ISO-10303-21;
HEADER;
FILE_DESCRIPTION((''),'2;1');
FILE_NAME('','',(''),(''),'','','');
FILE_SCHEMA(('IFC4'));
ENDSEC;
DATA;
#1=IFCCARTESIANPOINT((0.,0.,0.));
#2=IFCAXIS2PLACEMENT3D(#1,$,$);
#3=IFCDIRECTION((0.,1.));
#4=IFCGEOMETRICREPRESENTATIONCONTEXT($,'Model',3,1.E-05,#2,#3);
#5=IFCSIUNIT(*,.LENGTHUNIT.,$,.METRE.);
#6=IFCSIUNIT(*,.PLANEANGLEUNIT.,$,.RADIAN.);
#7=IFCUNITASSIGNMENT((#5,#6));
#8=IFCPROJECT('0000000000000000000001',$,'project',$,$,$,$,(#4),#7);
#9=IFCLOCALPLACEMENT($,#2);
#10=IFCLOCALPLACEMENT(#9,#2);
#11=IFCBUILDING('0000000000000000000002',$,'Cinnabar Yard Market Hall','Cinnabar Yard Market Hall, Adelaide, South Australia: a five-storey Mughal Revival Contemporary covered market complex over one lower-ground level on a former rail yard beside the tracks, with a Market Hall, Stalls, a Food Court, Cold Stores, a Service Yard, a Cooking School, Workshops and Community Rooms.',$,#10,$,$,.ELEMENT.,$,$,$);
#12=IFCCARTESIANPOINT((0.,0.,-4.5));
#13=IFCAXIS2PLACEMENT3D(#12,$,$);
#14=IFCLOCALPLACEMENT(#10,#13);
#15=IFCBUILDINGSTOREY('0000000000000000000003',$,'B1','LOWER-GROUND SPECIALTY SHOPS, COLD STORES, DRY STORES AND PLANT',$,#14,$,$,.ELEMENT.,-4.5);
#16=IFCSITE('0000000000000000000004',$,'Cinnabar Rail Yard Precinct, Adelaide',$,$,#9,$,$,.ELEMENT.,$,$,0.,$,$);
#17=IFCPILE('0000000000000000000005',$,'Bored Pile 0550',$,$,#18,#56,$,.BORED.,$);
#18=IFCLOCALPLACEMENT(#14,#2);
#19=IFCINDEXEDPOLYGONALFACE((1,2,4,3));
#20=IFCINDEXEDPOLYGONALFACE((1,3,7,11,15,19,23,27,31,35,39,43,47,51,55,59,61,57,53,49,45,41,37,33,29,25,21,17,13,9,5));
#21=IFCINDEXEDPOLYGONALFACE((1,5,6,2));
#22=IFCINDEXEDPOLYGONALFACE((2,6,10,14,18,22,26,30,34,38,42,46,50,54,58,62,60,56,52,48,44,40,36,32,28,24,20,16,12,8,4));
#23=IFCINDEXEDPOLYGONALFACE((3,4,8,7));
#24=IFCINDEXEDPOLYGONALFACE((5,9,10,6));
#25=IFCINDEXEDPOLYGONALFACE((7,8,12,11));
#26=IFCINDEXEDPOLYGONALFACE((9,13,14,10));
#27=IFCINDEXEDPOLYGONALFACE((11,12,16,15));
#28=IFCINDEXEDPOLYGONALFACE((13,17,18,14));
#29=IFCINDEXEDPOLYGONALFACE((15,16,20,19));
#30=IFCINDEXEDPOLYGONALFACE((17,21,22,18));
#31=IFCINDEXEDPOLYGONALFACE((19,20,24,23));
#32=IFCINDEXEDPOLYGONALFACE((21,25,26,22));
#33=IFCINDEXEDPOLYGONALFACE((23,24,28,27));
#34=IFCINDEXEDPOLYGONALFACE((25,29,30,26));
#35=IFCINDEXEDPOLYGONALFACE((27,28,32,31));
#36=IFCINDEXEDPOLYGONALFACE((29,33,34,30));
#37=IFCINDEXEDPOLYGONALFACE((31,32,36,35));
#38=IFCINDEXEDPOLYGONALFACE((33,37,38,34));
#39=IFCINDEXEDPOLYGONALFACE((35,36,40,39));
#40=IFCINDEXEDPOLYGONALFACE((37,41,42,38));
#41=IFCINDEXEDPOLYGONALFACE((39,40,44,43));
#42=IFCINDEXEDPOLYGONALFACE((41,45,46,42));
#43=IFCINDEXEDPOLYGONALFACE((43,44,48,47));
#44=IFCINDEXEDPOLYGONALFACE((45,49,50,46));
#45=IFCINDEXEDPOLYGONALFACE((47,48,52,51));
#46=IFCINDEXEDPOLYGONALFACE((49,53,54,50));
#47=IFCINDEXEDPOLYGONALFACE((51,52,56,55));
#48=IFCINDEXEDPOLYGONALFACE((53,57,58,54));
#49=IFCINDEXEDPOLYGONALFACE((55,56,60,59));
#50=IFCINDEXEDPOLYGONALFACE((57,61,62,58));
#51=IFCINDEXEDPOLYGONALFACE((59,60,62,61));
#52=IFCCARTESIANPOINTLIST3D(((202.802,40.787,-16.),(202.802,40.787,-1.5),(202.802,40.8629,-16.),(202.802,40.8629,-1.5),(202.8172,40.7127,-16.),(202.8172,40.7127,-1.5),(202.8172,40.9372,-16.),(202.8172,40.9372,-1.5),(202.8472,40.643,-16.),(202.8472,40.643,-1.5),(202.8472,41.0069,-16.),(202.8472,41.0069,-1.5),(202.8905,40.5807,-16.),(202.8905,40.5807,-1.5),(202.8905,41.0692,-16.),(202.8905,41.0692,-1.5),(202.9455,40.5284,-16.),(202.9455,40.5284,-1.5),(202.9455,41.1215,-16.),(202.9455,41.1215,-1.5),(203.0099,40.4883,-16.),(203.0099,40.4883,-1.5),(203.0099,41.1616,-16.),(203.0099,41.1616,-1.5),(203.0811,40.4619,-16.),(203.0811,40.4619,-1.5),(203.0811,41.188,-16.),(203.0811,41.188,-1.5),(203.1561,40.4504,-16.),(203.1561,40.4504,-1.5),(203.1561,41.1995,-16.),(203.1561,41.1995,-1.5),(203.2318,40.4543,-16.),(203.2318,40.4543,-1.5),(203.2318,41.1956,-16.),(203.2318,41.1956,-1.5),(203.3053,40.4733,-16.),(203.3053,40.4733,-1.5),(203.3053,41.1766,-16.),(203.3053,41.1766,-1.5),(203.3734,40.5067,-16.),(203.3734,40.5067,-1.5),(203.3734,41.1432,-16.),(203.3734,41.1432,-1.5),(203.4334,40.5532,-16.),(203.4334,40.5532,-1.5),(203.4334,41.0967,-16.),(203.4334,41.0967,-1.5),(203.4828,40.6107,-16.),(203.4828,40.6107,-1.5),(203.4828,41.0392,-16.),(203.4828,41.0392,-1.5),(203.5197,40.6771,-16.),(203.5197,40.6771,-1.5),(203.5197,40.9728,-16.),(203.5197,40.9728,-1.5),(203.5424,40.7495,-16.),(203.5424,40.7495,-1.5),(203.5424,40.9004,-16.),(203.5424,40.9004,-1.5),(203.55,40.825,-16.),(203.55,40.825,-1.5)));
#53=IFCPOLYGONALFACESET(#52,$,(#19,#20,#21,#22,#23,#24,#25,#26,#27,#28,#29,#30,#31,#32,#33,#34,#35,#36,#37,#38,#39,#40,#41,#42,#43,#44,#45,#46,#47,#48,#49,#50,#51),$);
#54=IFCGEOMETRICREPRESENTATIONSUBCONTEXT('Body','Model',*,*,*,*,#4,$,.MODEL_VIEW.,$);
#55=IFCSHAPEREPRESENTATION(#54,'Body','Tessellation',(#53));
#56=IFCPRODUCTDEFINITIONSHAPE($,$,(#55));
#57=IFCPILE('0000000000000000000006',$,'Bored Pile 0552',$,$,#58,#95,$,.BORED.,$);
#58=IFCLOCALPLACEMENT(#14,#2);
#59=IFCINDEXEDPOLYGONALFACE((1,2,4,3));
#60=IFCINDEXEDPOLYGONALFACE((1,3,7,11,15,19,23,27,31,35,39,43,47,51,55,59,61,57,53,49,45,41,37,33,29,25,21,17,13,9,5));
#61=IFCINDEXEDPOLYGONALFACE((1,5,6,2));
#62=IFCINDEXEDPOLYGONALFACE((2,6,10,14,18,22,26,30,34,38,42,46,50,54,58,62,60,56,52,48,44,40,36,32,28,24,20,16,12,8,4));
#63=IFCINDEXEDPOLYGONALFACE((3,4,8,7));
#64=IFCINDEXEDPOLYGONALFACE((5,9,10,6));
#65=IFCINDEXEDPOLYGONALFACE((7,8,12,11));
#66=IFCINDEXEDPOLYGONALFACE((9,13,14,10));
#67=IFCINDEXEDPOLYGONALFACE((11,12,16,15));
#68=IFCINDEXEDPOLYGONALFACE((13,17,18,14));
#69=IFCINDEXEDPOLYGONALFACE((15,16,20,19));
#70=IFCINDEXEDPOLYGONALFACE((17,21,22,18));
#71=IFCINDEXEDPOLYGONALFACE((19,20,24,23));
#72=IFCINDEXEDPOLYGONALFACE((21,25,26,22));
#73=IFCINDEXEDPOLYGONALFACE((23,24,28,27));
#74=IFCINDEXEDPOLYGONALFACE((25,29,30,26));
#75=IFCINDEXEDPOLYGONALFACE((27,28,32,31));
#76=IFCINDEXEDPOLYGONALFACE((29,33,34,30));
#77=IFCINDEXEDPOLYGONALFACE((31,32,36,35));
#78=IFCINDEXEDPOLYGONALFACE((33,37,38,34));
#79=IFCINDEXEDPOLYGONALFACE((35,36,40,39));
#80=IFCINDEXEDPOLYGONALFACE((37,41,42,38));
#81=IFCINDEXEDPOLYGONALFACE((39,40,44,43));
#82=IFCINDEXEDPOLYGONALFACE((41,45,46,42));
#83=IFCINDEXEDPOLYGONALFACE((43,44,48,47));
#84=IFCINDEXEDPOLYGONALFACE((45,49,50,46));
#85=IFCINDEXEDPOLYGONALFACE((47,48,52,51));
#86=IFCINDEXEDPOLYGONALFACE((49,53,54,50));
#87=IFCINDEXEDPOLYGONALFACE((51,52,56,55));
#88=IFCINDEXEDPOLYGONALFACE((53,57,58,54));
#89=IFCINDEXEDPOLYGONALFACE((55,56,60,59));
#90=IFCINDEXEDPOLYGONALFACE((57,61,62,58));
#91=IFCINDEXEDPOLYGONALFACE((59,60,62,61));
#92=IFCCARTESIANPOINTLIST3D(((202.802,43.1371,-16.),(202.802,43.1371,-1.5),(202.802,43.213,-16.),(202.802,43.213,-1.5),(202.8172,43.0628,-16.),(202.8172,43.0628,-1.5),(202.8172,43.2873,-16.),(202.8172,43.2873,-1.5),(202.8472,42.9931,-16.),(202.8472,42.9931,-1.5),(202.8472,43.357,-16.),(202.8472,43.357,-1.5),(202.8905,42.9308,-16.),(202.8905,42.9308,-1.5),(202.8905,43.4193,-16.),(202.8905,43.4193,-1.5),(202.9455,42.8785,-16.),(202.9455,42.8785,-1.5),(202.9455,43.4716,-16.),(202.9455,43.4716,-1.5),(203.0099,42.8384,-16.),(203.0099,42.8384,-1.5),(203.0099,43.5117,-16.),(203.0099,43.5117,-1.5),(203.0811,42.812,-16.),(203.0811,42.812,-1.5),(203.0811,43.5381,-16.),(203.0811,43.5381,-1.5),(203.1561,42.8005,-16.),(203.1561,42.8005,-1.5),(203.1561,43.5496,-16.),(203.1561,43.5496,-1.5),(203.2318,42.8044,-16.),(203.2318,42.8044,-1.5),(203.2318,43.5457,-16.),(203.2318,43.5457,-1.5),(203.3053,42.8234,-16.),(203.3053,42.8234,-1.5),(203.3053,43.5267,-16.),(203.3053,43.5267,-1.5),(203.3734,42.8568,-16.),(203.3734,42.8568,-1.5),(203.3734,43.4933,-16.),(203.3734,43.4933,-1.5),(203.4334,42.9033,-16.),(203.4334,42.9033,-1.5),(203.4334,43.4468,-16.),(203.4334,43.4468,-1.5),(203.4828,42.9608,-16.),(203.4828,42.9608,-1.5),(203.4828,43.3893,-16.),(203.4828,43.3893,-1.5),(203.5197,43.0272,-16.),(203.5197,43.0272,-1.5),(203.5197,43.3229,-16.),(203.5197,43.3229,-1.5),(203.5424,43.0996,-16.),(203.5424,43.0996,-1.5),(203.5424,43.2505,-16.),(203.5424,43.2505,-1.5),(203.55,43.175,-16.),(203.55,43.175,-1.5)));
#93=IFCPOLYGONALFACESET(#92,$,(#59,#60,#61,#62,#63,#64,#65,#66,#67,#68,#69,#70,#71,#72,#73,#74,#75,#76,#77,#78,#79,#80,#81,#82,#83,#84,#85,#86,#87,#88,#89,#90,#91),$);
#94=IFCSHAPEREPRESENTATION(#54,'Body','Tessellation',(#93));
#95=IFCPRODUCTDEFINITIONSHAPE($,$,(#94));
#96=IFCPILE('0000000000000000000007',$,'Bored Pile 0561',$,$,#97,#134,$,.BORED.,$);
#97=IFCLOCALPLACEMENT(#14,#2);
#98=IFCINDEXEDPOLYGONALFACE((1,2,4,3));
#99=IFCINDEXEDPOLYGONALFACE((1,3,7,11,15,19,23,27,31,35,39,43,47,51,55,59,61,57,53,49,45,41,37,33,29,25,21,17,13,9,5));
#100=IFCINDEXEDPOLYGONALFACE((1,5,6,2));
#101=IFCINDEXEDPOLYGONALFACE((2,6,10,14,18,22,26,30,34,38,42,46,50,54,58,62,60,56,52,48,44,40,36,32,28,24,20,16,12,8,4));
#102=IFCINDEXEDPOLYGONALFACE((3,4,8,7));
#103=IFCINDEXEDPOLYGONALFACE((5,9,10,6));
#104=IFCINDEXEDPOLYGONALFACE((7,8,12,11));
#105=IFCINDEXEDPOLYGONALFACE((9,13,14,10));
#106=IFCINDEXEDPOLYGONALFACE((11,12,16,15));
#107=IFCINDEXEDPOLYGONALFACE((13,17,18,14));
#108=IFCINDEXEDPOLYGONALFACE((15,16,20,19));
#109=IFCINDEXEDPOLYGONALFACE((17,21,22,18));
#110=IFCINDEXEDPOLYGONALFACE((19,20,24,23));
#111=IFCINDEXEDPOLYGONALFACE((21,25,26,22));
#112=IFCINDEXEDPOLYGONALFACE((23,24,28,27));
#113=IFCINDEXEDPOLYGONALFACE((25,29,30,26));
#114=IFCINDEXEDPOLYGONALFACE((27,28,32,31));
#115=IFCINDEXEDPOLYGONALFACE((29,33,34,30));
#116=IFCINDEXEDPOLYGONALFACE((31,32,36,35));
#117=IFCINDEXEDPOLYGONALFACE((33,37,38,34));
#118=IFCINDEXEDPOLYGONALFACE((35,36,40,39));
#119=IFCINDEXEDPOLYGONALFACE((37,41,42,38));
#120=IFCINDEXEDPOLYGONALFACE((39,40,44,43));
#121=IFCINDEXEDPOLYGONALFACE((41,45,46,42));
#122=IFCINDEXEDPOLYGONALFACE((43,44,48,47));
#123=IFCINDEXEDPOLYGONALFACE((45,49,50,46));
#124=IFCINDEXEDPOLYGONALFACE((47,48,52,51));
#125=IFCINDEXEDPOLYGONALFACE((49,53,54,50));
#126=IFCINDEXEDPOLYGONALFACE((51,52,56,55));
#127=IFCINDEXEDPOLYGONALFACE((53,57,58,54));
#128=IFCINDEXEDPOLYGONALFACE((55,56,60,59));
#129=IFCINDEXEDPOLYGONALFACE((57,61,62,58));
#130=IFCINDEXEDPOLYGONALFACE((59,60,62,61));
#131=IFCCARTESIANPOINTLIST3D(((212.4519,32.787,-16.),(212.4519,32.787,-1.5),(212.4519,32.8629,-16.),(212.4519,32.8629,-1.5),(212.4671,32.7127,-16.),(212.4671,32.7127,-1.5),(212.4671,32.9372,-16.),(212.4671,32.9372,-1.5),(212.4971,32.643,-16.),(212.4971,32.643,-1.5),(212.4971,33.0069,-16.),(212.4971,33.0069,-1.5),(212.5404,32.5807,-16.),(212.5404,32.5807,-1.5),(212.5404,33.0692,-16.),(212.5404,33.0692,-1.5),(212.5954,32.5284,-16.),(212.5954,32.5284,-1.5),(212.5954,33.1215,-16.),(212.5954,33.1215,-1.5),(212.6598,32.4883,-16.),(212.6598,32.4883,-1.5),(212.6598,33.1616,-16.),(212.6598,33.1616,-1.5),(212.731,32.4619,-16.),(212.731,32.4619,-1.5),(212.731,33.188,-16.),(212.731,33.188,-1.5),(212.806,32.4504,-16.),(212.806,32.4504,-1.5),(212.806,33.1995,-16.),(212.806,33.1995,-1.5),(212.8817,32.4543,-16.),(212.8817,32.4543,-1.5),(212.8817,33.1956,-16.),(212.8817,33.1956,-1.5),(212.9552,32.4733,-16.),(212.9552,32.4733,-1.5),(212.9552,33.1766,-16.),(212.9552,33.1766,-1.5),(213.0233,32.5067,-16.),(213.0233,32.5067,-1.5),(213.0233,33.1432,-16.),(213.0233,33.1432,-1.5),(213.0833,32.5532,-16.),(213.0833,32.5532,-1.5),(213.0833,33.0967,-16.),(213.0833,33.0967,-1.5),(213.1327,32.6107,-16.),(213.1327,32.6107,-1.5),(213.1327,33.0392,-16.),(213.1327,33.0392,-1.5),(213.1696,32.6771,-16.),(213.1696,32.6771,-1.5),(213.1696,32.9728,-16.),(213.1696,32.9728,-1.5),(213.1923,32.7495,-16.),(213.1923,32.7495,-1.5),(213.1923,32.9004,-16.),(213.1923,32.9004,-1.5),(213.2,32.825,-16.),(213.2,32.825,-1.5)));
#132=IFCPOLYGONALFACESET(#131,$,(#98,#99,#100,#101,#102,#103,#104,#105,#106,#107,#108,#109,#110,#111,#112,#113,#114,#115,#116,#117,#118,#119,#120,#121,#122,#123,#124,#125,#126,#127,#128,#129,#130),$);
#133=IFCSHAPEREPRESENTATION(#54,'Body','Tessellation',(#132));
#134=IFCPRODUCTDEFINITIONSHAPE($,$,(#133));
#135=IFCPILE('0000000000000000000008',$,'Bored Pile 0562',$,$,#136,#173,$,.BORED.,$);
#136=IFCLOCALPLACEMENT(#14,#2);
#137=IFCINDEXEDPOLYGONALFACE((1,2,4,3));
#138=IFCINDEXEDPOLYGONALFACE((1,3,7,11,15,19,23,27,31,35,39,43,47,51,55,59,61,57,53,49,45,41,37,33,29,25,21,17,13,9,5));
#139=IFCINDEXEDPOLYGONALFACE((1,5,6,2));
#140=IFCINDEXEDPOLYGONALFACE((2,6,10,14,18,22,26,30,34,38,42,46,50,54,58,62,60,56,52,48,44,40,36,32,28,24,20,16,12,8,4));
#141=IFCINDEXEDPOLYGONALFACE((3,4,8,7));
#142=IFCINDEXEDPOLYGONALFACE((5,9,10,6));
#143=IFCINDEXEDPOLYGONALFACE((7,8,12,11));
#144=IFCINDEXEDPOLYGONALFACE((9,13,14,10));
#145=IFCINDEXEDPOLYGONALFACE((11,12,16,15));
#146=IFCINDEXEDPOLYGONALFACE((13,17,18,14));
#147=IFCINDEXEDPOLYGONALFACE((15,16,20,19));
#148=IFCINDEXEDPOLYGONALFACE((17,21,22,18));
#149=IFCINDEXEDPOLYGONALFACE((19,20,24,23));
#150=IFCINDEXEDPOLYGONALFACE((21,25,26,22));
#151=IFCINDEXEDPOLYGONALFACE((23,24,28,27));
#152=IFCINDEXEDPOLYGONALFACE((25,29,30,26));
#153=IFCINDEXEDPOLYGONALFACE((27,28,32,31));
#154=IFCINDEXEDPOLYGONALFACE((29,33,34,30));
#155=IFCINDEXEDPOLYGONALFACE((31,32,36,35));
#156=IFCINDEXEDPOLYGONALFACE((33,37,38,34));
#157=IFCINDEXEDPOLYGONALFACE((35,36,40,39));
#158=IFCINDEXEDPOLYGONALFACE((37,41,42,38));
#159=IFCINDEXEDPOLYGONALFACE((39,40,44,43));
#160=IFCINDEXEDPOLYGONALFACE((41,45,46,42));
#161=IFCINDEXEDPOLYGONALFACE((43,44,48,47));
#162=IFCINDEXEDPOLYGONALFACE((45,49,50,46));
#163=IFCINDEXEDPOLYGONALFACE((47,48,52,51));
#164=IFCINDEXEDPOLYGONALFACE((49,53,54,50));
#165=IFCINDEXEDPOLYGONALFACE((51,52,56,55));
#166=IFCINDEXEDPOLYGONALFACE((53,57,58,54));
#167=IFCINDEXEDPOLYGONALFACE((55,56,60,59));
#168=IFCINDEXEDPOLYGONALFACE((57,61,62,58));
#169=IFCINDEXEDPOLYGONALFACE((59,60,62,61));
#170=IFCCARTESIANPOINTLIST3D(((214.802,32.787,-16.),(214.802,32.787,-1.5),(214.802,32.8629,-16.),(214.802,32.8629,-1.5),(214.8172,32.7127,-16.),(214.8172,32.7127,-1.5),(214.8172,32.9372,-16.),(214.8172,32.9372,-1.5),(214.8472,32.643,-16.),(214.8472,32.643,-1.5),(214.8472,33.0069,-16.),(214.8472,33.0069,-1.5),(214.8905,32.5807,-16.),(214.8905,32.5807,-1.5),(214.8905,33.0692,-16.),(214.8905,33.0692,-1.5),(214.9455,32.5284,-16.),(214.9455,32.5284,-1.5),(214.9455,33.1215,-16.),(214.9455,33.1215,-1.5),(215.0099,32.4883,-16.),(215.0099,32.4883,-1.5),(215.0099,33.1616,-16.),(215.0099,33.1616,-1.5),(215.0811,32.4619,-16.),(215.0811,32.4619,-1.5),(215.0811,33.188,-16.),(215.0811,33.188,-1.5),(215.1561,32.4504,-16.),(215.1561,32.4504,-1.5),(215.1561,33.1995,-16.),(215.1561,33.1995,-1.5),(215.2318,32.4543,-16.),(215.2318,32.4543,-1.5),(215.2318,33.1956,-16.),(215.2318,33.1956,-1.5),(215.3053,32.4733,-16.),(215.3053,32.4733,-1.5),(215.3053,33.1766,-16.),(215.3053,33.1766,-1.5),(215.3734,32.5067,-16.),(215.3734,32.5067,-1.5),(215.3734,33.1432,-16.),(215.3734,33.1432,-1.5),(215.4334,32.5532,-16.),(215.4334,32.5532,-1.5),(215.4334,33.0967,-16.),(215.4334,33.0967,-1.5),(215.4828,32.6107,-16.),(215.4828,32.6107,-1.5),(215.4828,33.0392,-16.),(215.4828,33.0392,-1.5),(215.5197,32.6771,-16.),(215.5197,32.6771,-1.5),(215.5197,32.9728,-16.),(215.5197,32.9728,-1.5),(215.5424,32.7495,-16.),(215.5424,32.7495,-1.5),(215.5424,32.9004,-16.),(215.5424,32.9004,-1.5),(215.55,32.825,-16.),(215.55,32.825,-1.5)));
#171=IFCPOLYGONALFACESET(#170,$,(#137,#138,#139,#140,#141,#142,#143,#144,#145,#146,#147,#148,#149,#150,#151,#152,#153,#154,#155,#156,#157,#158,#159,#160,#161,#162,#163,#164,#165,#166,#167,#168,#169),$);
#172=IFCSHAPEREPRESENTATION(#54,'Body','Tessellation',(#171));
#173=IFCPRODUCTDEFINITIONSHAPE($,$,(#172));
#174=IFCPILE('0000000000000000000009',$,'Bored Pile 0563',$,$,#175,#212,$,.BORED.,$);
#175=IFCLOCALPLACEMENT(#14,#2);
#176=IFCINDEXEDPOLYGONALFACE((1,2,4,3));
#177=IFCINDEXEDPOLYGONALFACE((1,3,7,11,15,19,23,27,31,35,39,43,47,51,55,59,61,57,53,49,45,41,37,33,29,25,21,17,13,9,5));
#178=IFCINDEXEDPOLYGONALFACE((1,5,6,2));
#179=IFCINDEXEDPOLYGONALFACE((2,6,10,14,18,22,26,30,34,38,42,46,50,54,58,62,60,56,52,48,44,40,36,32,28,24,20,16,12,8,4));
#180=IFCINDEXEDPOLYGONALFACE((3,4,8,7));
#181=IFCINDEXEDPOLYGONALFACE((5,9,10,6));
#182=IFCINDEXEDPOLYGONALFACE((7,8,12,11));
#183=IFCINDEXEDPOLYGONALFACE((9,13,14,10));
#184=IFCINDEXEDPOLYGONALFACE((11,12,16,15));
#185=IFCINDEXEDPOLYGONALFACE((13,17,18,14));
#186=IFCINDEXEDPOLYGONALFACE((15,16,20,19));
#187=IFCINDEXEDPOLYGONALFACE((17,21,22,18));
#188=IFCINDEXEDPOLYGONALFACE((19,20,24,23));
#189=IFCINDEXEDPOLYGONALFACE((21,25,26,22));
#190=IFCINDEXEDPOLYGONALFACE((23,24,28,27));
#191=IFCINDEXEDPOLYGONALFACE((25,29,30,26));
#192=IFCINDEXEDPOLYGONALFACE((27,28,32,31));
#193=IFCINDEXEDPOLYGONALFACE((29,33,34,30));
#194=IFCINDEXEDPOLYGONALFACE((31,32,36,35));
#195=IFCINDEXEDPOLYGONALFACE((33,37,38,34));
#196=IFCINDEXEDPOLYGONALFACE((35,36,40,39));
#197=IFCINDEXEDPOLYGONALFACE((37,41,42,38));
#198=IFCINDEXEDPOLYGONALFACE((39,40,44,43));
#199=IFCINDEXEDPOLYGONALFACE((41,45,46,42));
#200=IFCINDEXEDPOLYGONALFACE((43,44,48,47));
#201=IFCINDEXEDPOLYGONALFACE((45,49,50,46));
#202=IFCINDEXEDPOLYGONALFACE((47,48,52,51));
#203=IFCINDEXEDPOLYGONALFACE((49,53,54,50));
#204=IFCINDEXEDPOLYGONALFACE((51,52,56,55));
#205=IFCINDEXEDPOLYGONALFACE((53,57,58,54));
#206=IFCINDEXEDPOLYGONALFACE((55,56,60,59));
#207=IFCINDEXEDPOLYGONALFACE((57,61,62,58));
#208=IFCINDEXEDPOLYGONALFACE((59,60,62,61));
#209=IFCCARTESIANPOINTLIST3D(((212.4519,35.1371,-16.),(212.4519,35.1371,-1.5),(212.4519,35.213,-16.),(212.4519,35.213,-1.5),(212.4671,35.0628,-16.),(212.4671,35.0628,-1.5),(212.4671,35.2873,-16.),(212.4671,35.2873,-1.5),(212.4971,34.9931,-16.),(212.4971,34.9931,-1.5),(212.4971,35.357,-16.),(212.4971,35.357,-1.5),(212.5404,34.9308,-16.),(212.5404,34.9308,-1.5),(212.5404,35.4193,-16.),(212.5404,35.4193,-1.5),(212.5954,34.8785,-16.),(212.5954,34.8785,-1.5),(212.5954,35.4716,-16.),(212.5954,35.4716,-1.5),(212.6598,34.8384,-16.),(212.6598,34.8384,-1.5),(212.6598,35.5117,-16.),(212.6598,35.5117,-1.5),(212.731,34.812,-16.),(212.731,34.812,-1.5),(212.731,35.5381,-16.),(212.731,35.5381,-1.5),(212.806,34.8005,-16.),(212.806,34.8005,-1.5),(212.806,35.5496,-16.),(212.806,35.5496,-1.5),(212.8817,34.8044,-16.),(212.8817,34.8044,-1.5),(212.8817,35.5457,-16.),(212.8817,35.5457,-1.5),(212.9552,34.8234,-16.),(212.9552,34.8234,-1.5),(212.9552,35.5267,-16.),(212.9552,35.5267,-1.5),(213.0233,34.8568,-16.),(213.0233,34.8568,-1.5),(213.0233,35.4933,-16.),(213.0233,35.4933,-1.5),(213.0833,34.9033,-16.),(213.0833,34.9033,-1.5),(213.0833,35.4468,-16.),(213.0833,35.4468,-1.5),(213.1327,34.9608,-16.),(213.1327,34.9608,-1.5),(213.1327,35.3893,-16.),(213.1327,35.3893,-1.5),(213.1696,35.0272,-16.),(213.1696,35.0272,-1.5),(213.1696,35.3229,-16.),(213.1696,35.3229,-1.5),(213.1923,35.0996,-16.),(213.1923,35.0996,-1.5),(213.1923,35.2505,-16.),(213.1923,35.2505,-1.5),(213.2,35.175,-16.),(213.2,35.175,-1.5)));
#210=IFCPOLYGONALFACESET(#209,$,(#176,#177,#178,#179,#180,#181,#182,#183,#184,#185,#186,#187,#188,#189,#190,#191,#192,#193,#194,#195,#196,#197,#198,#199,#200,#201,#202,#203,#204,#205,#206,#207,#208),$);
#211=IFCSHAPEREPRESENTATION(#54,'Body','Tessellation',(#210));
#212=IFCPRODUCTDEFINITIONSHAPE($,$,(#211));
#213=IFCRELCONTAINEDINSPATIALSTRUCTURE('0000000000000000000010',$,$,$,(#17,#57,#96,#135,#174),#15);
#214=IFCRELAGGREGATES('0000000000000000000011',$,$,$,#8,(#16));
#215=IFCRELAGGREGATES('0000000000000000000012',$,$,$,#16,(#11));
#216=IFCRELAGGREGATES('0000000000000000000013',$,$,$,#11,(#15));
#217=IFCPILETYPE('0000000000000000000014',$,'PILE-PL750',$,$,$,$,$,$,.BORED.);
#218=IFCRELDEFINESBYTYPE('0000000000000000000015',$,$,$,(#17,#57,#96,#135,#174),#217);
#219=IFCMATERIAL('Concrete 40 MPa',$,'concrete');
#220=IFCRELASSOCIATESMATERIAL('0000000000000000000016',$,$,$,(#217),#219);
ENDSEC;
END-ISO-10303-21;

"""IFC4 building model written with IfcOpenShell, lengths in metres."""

from ifc_helpers import new_model, si_unit, direction, frame, origin, origin_2d_with_axis, place, context, subcontext, project, spatial, circle, extrude, material, material_profile, profile_set, type_object, element, save


model = new_model("IFC4")

# Units and contexts
model_context = context("Model", 3, precision=1e-05, world=origin(), true_north=direction((0.0, 1.0)))
body_context = subcontext(model_context, "Body", "Model", "MODEL_VIEW")
ifc_project = project(units=[si_unit("LENGTHUNIT", "METRE"), si_unit("PLANEANGLEUNIT", "RADIAN")], contexts=[model_context])

# Site, building, storey
site_placement = place(None, origin())
site = spatial("IfcSite", under=ifc_project, at=site_placement, Name="Cinnabar Rail Yard Precinct, Adelaide", CompositionType="ELEMENT", RefElevation=0.0)
building_placement = place(site_placement, origin())
building = spatial("IfcBuilding", under=site, at=building_placement, Name="Cinnabar Yard Market Hall", Description="Cinnabar Yard Market Hall, Adelaide, South Australia: a five-storey Mughal Revival Contemporary covered market complex over one lower-ground level on a former rail yard beside the tracks, with a Market Hall, Stalls, a Food Court, Cold Stores, a Service Yard, a Cooking School, Workshops and Community Rooms.", CompositionType="ELEMENT")
storey_placement = place(building_placement, frame((0.0, 0.0, -4.5)))
storey = spatial("IfcBuildingStorey", under=building, at=storey_placement, Name="B1", Description="LOWER-GROUND SPECIALTY SHOPS, COLD STORES, DRY STORES AND PLANT", CompositionType="ELEMENT", Elevation=-4.5)

# Shared definitions
ifc_material_1 = material(Name="Concrete 40 MPa", Category="concrete")

# Piles
ifc_material_profile_1 = material_profile(ifc_material_1, circle(Radius=0.375, at=origin_2d_with_axis()), Name="PILE-D750")
ifc_profile_set_1 = profile_set([ifc_material_profile_1], Name="Concrete 40 MPa")
pile_type = type_object("IfcPileType", Name="PILE-PL750", PredefinedType="BORED", material=ifc_profile_set_1)
for number, where, z_axis, x_axis, name in (
    (1, (203.175, 40.825, -1.5), (0.0, 0.0, -1.0), (1.0, 0.0, 0.0), "Bored Pile 0550"),
    (2, (203.175, 43.175, -1.5), (0.0, 0.0, -1.0), (1.0, 0.0, 0.0), "Bored Pile 0552"),
    (3, (212.825, 32.825, -1.5), (0.0, 0.0, -1.0), (1.0, 0.0, 0.0), "Bored Pile 0561"),
    (4, (215.175, 32.825, -1.5), (0.0, 0.0, -1.0), (1.0, 0.0, 0.0), "Bored Pile 0562"),
    (5, (212.825, 35.175, -1.5), (0.0, 0.0, -1.0), (1.0, 0.0, 0.0), "Bored Pile 0563"),
):
    element("IfcPile", number, at=place(storey_placement, frame(where, z_axis=z_axis, x_axis=x_axis)), inside=storey, type_object=pile_type, Name=name, PredefinedType="BORED", context=body_context, shape_type="SweptSolid", body=[
        extrude(circle(Radius=0.375, at=origin_2d_with_axis()), origin(), (0.0, 0.0, 1.0), 14.5),
    ])

save(model, "model.ifc")
